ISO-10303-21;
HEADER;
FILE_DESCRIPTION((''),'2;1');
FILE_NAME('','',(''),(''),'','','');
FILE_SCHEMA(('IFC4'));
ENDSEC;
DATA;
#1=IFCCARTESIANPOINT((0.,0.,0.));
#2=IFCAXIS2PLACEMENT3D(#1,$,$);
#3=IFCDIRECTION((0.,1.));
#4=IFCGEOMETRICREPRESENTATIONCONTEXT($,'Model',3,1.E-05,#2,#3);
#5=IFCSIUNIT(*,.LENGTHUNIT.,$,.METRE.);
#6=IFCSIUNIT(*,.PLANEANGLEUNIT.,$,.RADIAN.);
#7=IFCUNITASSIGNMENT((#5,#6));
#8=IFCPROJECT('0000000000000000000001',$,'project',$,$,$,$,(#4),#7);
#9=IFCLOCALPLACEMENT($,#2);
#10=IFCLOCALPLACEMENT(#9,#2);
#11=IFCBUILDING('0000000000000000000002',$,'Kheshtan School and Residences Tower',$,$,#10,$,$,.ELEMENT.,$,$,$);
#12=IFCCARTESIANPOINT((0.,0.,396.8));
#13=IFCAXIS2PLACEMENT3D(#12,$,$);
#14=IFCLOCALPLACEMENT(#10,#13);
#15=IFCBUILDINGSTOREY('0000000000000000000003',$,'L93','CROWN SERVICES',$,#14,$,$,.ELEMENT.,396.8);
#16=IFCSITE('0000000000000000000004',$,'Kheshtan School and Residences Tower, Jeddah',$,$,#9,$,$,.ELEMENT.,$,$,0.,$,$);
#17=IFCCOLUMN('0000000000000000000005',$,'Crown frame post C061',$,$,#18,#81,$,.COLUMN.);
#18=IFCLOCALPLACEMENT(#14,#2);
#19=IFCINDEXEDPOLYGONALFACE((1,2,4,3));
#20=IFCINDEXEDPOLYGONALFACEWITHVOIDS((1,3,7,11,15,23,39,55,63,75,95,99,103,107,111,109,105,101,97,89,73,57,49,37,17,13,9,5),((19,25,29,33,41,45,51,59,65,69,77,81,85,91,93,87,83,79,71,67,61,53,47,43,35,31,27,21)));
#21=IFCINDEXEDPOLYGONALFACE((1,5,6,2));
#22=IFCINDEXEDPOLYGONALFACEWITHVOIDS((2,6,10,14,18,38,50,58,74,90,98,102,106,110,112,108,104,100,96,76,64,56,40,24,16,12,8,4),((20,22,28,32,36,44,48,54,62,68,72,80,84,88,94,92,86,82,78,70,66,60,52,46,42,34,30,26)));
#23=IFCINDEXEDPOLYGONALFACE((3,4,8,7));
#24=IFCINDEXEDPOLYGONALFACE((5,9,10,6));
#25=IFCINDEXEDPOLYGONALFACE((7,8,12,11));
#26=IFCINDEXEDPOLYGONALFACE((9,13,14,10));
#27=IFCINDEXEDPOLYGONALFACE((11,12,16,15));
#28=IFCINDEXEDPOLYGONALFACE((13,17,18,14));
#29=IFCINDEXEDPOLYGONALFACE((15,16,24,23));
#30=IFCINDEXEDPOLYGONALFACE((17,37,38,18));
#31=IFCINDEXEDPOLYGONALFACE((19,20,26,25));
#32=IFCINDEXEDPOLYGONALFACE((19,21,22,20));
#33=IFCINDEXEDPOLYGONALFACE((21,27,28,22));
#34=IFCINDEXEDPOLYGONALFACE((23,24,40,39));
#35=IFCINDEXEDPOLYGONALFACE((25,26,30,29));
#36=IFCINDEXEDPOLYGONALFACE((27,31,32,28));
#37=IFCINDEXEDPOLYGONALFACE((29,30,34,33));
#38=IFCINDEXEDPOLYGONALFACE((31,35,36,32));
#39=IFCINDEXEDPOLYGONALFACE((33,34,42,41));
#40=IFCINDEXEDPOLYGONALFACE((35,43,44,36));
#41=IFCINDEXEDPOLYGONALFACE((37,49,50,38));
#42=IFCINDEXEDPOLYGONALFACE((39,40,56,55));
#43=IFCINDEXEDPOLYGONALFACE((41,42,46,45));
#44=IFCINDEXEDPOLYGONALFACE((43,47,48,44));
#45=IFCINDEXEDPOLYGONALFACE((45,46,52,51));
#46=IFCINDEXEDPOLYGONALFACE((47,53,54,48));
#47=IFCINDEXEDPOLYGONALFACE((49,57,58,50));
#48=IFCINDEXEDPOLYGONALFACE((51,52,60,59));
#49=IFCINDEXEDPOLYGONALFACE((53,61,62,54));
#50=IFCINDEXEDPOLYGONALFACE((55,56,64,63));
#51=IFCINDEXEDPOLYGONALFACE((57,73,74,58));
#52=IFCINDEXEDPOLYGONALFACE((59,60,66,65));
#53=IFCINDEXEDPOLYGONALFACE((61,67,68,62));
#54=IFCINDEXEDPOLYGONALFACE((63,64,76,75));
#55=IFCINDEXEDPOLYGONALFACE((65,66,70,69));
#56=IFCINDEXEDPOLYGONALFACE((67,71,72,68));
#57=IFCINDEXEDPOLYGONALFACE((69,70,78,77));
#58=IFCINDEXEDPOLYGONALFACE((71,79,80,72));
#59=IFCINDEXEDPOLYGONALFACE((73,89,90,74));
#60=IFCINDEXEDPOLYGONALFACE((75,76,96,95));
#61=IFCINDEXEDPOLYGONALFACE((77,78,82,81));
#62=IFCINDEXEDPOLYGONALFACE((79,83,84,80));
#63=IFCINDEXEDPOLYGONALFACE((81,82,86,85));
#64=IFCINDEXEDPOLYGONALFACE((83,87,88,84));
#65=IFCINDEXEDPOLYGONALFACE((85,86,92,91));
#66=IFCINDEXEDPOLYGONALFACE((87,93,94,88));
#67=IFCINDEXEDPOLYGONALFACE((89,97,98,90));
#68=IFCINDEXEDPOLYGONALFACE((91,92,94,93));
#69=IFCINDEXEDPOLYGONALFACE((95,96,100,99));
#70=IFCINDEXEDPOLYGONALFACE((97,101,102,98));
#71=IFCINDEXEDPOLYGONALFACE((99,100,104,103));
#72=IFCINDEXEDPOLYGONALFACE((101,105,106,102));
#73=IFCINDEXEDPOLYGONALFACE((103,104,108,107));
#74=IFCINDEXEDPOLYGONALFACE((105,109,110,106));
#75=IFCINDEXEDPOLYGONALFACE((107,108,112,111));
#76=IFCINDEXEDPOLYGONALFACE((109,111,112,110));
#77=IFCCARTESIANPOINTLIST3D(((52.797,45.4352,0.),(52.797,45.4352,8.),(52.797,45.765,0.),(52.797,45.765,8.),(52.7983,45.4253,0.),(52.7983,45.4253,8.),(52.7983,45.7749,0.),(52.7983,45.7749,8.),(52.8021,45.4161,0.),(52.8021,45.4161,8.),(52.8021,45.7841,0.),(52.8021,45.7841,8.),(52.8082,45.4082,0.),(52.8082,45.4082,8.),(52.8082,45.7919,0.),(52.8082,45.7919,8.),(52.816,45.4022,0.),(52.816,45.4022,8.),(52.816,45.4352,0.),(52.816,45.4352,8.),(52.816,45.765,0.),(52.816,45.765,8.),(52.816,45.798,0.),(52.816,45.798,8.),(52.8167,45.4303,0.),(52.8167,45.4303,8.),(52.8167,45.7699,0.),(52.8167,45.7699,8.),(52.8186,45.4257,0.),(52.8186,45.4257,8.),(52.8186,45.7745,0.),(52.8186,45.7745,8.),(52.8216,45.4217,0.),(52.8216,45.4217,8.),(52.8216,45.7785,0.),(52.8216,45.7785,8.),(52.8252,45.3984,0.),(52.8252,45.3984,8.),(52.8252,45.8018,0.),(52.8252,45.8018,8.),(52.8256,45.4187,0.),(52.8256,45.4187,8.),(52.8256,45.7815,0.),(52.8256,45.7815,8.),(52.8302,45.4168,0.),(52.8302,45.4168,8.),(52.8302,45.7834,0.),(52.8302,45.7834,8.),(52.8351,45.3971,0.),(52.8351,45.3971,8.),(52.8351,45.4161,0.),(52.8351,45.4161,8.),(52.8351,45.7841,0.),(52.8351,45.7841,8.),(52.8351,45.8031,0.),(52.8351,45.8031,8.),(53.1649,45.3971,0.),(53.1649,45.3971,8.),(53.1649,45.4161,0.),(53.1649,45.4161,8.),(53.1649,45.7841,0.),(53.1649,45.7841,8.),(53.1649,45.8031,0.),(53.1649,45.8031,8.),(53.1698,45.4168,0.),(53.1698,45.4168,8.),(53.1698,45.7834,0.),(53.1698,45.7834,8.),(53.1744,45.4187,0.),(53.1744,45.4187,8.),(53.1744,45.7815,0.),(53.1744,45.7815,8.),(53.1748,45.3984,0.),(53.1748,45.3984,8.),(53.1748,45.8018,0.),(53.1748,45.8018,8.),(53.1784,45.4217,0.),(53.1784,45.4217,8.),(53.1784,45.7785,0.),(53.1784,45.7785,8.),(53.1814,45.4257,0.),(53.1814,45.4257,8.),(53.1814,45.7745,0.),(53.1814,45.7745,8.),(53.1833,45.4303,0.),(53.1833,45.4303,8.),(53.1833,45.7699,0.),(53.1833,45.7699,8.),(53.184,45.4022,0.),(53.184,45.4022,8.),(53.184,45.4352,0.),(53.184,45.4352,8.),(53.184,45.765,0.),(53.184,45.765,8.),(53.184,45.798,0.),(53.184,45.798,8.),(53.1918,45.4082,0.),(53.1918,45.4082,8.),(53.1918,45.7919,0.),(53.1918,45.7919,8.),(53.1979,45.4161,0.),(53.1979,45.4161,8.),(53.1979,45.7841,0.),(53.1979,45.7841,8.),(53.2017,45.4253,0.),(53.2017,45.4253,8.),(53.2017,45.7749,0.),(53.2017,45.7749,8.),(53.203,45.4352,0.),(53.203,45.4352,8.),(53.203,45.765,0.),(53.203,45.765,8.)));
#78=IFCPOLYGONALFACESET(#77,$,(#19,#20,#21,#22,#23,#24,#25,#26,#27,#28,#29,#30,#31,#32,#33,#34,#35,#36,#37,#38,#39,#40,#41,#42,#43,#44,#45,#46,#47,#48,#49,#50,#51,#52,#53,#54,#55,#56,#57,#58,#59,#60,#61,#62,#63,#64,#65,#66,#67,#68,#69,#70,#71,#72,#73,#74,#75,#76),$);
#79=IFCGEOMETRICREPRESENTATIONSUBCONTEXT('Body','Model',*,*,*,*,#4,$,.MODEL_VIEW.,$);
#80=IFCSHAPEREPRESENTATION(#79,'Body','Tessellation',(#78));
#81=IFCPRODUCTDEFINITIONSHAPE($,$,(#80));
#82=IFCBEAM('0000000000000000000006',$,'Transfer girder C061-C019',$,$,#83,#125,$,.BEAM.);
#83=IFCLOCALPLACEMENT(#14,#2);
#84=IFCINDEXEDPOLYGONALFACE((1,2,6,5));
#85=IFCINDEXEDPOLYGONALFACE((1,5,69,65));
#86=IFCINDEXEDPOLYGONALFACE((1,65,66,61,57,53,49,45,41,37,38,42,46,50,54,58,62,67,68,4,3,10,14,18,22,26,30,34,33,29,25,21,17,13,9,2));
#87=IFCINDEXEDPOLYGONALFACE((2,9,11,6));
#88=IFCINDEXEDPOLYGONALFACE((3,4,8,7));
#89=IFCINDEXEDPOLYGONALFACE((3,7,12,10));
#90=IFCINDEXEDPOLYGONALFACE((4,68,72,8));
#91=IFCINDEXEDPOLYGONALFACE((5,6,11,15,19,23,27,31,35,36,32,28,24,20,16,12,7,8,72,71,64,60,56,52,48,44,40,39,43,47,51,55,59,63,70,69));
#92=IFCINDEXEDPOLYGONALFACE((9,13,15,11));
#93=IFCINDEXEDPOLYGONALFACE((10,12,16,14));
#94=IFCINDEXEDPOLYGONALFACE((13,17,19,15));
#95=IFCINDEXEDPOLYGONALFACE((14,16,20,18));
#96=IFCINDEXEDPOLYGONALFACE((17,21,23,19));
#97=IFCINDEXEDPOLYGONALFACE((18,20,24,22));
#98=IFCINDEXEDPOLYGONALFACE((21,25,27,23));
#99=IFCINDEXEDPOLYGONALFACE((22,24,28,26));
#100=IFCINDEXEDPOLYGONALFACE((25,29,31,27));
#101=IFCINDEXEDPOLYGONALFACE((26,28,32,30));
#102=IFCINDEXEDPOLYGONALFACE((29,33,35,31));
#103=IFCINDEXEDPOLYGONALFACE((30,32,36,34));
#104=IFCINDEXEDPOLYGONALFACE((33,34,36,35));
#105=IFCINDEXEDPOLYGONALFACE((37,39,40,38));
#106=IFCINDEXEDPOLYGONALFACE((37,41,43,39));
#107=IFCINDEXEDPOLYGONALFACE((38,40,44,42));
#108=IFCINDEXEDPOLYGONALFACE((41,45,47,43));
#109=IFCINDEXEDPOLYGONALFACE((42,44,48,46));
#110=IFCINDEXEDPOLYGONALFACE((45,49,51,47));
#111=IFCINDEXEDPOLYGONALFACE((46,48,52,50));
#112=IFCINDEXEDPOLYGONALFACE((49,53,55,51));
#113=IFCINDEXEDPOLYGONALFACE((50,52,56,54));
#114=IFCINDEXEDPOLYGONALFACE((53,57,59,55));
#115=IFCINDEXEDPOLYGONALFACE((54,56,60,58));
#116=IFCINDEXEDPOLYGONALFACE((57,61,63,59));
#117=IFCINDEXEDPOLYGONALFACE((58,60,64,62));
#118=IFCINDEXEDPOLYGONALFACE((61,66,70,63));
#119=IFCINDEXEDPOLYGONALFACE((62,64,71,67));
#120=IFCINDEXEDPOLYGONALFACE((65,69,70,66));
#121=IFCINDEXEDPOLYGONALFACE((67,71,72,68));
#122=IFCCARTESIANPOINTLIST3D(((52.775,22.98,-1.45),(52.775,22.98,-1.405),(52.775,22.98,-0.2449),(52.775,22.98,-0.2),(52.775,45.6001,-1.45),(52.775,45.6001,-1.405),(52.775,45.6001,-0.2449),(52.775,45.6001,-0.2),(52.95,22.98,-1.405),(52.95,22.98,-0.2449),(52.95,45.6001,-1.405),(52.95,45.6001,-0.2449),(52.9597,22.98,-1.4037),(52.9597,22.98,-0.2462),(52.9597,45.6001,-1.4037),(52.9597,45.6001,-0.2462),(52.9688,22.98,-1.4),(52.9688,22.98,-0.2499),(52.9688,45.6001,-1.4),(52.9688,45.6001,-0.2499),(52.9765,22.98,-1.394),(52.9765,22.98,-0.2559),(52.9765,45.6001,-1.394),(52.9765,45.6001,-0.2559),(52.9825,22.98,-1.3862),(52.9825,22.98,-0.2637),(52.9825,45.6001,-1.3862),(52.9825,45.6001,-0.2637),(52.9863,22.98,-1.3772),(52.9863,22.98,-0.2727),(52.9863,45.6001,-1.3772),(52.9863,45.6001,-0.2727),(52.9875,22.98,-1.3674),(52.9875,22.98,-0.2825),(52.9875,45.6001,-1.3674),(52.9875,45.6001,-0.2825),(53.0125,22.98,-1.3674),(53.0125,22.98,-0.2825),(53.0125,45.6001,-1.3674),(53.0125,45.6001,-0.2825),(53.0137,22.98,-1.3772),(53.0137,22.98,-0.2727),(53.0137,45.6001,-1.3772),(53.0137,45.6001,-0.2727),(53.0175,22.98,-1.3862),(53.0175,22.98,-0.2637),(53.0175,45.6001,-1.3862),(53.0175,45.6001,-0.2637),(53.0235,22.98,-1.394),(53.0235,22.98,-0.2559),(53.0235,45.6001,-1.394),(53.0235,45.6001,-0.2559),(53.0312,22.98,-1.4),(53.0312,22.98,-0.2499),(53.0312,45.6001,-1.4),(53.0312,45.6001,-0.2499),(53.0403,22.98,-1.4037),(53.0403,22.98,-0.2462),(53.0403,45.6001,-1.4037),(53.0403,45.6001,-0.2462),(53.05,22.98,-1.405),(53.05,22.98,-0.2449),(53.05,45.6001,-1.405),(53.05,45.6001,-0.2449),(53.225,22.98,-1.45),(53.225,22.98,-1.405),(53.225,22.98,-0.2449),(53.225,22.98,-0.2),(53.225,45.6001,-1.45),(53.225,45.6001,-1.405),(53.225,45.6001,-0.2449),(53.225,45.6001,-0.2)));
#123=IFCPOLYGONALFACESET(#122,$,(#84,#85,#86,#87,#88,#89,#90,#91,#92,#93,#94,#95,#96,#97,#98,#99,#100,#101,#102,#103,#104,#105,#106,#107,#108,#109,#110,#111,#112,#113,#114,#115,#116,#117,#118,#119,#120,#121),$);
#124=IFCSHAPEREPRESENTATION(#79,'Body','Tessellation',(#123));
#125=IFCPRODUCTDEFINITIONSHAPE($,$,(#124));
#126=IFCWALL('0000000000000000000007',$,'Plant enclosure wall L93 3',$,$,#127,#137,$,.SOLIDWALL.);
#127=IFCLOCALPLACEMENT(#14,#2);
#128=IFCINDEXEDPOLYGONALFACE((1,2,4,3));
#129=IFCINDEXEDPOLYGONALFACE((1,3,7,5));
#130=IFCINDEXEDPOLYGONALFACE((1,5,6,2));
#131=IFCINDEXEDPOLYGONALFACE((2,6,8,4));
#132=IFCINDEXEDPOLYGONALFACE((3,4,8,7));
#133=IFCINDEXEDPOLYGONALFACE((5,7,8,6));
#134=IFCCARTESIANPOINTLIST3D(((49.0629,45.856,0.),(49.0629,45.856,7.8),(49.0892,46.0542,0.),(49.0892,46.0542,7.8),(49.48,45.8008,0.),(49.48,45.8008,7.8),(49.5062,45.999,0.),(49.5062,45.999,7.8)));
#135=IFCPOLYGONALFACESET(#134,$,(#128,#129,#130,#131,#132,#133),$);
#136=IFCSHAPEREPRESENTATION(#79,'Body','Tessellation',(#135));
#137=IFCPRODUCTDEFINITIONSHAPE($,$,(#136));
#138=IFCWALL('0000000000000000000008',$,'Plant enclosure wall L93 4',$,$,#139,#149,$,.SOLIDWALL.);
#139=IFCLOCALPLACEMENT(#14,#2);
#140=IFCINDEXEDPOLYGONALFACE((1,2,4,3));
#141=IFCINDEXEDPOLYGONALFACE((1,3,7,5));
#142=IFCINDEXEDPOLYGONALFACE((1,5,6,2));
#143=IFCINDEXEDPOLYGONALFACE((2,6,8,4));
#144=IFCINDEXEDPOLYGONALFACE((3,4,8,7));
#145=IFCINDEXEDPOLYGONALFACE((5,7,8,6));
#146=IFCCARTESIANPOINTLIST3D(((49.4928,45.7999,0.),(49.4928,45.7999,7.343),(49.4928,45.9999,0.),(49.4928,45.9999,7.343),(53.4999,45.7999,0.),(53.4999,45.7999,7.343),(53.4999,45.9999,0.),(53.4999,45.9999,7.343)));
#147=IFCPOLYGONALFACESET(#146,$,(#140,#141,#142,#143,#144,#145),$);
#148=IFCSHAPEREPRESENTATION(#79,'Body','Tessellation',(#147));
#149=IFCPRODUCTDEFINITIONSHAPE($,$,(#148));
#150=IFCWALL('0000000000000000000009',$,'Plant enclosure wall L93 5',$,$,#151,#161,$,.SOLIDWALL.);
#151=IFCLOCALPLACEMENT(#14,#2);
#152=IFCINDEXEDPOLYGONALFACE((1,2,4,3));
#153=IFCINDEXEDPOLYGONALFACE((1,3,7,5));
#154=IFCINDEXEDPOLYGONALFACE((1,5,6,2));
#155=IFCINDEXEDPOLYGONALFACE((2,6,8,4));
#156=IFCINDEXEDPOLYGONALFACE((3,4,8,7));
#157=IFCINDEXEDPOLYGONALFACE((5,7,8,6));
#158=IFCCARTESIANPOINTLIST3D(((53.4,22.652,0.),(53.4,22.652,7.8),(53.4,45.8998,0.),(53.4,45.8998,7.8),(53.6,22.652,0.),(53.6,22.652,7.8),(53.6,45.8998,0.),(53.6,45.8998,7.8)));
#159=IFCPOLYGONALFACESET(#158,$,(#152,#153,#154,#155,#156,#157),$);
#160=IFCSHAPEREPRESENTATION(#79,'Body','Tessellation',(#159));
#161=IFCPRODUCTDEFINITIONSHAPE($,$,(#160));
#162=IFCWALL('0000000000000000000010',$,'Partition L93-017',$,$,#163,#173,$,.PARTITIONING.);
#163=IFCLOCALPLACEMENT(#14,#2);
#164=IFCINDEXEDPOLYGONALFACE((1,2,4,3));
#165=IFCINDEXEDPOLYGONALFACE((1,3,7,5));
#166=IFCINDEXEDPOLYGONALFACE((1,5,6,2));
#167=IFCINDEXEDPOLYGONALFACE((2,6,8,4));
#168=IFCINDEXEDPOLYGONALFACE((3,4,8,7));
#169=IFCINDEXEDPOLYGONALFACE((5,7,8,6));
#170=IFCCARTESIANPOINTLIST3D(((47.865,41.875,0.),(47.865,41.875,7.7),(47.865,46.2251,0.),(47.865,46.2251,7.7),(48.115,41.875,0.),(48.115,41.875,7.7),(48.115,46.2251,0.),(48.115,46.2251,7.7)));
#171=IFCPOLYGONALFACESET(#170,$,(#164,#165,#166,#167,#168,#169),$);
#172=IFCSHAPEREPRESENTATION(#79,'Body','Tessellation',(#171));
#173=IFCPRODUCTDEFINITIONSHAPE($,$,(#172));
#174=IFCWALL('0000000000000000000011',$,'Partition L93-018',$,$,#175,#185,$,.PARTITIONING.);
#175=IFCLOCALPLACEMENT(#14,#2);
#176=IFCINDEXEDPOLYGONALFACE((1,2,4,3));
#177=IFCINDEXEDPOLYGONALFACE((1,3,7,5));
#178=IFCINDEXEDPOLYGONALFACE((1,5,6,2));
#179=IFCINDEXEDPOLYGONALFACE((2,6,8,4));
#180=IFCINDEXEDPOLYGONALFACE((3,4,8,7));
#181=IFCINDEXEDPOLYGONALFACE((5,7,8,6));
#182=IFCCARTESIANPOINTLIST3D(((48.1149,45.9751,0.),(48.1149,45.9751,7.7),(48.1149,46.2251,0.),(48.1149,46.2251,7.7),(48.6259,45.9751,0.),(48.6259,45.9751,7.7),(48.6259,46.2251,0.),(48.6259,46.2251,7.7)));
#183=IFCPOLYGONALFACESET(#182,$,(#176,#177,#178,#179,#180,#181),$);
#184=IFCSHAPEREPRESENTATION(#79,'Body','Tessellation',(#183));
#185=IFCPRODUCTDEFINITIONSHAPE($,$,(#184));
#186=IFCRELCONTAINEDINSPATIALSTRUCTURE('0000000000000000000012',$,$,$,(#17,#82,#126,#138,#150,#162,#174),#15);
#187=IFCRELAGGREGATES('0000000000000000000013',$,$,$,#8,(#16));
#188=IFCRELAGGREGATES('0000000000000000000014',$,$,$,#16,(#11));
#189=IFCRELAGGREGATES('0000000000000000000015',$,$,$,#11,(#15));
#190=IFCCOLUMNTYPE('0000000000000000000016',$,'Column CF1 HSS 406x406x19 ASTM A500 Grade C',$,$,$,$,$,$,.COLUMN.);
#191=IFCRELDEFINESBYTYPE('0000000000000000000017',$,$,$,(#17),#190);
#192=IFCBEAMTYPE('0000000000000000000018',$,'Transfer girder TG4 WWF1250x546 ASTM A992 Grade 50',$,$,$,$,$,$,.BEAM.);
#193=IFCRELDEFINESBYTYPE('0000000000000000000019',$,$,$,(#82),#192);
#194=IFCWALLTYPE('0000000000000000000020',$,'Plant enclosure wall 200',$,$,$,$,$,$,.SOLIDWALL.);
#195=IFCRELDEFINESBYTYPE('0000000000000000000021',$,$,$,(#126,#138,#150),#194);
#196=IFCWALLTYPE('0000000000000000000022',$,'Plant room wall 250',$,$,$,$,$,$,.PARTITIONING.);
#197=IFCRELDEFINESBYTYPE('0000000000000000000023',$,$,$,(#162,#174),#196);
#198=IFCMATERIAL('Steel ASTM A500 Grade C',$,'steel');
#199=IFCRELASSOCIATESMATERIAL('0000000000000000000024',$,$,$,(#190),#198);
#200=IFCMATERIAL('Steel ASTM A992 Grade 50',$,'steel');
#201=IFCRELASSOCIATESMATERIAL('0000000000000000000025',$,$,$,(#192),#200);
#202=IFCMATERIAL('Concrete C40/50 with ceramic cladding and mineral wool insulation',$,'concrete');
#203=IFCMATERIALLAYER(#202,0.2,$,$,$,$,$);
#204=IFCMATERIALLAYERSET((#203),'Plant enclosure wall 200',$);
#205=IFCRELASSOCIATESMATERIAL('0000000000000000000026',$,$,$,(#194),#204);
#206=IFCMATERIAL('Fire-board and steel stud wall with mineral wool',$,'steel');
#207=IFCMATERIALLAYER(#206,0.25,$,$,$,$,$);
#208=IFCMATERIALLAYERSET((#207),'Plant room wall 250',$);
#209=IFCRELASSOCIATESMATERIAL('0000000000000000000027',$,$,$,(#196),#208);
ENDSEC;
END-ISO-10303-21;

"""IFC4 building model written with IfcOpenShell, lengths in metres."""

from ifc_helpers import new_model, si_unit, direction, frame, frame_2d, origin, origin_2d, place, context, subcontext, project, spatial, rectangle, hollow_rectangle, i_section, extrude, material, layer, layer_set, material_profile, profile_set, type_object, element, save


model = new_model("IFC4")

# Units and contexts
model_context = context("Model", 3, precision=1e-05, world=origin(), true_north=direction((0.0, 1.0)))
body_context = subcontext(model_context, "Body", "Model", "MODEL_VIEW")
ifc_project = project(units=[si_unit("LENGTHUNIT", "METRE"), si_unit("PLANEANGLEUNIT", "RADIAN")], contexts=[model_context])

# Site, building, storey
site_placement = place(None, origin())
site = spatial("IfcSite", under=ifc_project, at=site_placement, Name="Kheshtan School and Residences Tower, Jeddah", CompositionType="ELEMENT", RefElevation=0.0)
building_placement = place(site_placement, origin())
building = spatial("IfcBuilding", under=site, at=building_placement, Name="Kheshtan School and Residences Tower", CompositionType="ELEMENT")
storey_placement = place(building_placement, frame((0.0, 0.0, 396.8)))
storey = spatial("IfcBuildingStorey", under=building, at=storey_placement, Name="L93", Description="CROWN SERVICES", CompositionType="ELEMENT", Elevation=396.8)

# Column
ifc_material_1 = material(Name="Steel ASTM A500 Grade C", Category="steel")
ifc_material_profile_1 = material_profile(ifc_material_1, hollow_rectangle(XDim=0.406, YDim=0.406, WallThickness=0.019, InnerFilletRadius=0.019, OuterFilletRadius=0.0381, at=origin_2d()), Name="HSS 406x406x19")
ifc_profile_set_1 = profile_set([ifc_material_profile_1], Name="Steel ASTM A500 Grade C")
column_type = type_object("IfcColumnType", Name="Column CF1 HSS 406x406x19 ASTM A500 Grade C", PredefinedType="COLUMN", material=ifc_profile_set_1)
column_placement = place(storey_placement, frame((53.0, 45.6001, 0.0), z_axis=(0.0, 0.0, 1.0), x_axis=(1.0, 0.0, 0.0)))
element("IfcColumn", 1, at=column_placement, inside=storey, type_object=column_type, Name="Crown frame post C061", PredefinedType="COLUMN", context=body_context, shape_type="SweptSolid", body=[
    extrude(hollow_rectangle(XDim=0.406, YDim=0.406, WallThickness=0.019, InnerFilletRadius=0.019, OuterFilletRadius=0.0381, at=origin_2d()), origin(), (0.0, 0.0, 1.0), 8.0),
])

# Beam
ifc_material_2 = material(Name="Steel ASTM A992 Grade 50", Category="steel")
ifc_material_profile_2 = material_profile(ifc_material_2, i_section(OverallWidth=0.45, OverallDepth=1.25, WebThickness=0.0249, FlangeThickness=0.0449, FilletRadius=0.0376, at=origin_2d()), Name="WWF1250x546")
ifc_profile_set_2 = profile_set([ifc_material_profile_2], Name="Steel ASTM A992 Grade 50")
beam_type = type_object("IfcBeamType", Name="Transfer girder TG4 WWF1250x546 ASTM A992 Grade 50", PredefinedType="BEAM", material=ifc_profile_set_2)
beam_placement = place(storey_placement, frame((53.0, 45.6001, -0.825), z_axis=(0.0, -1.0, 0.0), x_axis=(1.0, 0.0, 0.0)))
element("IfcBeam", 2, at=beam_placement, inside=storey, type_object=beam_type, Name="Transfer girder C061-C019", PredefinedType="BEAM", context=body_context, shape_type="SweptSolid", body=[
    extrude(i_section(OverallWidth=0.45, OverallDepth=1.25, WebThickness=0.0249, FlangeThickness=0.0449, FilletRadius=0.0376, at=origin_2d()), origin(), (0.0, 0.0, 1.0), 22.6201),
])

# Walls
ifc_material_3 = material(Name="Concrete C40/50 with ceramic cladding and mineral wool insulation", Category="concrete")
ifc_layer_1 = layer(ifc_material_3, 0.2)
ifc_layer_set_1 = layer_set([ifc_layer_1], Name="Plant enclosure wall 200")
wall_type_1 = type_object("IfcWallType", Name="Plant enclosure wall 200", PredefinedType="SOLIDWALL", material=ifc_layer_set_1)
wall_1_placement = place(storey_placement, frame((49.0759, 45.9551, 0.0), z_axis=(0.0, 0.0, 1.0), x_axis=(0.991359, -0.131175, 0.0)))
element("IfcWall", 3, at=wall_1_placement, inside=storey, type_object=wall_type_1, Name="Plant enclosure wall L93 3", PredefinedType="SOLIDWALL", context=body_context, shape_type="SweptSolid", body=[
    extrude(rectangle(XDim=0.4207, YDim=0.2, at=frame_2d((0.2104, 0.0))), origin(), (0.0, 0.0, 1.0), 7.8),
])
wall_2_placement = place(storey_placement, frame((49.4929, 45.8999, 0.0), z_axis=(0.0, 0.0, 1.0), x_axis=(1.0, 0.0, 0.0)))
element("IfcWall", 4, at=wall_2_placement, inside=storey, type_object=wall_type_1, Name="Plant enclosure wall L93 4", PredefinedType="SOLIDWALL", context=body_context, shape_type="SweptSolid", body=[
    extrude(rectangle(XDim=4.0071, YDim=0.2, at=frame_2d((2.0034, 0.0))), origin(), (0.0, 0.0, 1.0), 7.343),
])
wall_3_placement = place(storey_placement, frame((53.5, 45.8999, 0.0), z_axis=(0.0, 0.0, 1.0), x_axis=(0.0, -1.0, 0.0)))
element("IfcWall", 5, at=wall_3_placement, inside=storey, type_object=wall_type_1, Name="Plant enclosure wall L93 5", PredefinedType="SOLIDWALL", context=body_context, shape_type="SweptSolid", body=[
    extrude(rectangle(XDim=23.2478, YDim=0.2, at=frame_2d((11.624, 0.0))), origin(), (0.0, 0.0, 1.0), 7.8),
])
ifc_material_4 = material(Name="Fire-board and steel stud wall with mineral wool", Category="steel")
ifc_layer_2 = layer(ifc_material_4, 0.25)
ifc_layer_set_2 = layer_set([ifc_layer_2], Name="Plant room wall 250")
wall_type_2 = type_object("IfcWallType", Name="Plant room wall 250", PredefinedType="PARTITIONING", material=ifc_layer_set_2)
wall_4_placement = place(storey_placement, frame((47.99, 41.875, 0.0), z_axis=(0.0, 0.0, 1.0), x_axis=(0.0, 1.0, 0.0)))
element("IfcWall", 6, at=wall_4_placement, inside=storey, type_object=wall_type_2, Name="Partition L93-017", PredefinedType="PARTITIONING", context=body_context, shape_type="SweptSolid", body=[
    extrude(rectangle(XDim=4.3501, YDim=0.25, at=frame_2d((2.175, 0.0))), origin(), (0.0, 0.0, 1.0), 7.7),
])
wall_5_placement = place(storey_placement, frame((48.115, 46.1001, 0.0), z_axis=(0.0, 0.0, 1.0), x_axis=(1.0, 0.0, 0.0)))
element("IfcWall", 7, at=wall_5_placement, inside=storey, type_object=wall_type_2, Name="Partition L93-018", PredefinedType="PARTITIONING", context=body_context, shape_type="SweptSolid", body=[
    extrude(rectangle(XDim=0.511, YDim=0.25, at=frame_2d((0.2554, 0.0))), origin(), (0.0, 0.0, 1.0), 7.7),
])

save(model, "model.ifc")
